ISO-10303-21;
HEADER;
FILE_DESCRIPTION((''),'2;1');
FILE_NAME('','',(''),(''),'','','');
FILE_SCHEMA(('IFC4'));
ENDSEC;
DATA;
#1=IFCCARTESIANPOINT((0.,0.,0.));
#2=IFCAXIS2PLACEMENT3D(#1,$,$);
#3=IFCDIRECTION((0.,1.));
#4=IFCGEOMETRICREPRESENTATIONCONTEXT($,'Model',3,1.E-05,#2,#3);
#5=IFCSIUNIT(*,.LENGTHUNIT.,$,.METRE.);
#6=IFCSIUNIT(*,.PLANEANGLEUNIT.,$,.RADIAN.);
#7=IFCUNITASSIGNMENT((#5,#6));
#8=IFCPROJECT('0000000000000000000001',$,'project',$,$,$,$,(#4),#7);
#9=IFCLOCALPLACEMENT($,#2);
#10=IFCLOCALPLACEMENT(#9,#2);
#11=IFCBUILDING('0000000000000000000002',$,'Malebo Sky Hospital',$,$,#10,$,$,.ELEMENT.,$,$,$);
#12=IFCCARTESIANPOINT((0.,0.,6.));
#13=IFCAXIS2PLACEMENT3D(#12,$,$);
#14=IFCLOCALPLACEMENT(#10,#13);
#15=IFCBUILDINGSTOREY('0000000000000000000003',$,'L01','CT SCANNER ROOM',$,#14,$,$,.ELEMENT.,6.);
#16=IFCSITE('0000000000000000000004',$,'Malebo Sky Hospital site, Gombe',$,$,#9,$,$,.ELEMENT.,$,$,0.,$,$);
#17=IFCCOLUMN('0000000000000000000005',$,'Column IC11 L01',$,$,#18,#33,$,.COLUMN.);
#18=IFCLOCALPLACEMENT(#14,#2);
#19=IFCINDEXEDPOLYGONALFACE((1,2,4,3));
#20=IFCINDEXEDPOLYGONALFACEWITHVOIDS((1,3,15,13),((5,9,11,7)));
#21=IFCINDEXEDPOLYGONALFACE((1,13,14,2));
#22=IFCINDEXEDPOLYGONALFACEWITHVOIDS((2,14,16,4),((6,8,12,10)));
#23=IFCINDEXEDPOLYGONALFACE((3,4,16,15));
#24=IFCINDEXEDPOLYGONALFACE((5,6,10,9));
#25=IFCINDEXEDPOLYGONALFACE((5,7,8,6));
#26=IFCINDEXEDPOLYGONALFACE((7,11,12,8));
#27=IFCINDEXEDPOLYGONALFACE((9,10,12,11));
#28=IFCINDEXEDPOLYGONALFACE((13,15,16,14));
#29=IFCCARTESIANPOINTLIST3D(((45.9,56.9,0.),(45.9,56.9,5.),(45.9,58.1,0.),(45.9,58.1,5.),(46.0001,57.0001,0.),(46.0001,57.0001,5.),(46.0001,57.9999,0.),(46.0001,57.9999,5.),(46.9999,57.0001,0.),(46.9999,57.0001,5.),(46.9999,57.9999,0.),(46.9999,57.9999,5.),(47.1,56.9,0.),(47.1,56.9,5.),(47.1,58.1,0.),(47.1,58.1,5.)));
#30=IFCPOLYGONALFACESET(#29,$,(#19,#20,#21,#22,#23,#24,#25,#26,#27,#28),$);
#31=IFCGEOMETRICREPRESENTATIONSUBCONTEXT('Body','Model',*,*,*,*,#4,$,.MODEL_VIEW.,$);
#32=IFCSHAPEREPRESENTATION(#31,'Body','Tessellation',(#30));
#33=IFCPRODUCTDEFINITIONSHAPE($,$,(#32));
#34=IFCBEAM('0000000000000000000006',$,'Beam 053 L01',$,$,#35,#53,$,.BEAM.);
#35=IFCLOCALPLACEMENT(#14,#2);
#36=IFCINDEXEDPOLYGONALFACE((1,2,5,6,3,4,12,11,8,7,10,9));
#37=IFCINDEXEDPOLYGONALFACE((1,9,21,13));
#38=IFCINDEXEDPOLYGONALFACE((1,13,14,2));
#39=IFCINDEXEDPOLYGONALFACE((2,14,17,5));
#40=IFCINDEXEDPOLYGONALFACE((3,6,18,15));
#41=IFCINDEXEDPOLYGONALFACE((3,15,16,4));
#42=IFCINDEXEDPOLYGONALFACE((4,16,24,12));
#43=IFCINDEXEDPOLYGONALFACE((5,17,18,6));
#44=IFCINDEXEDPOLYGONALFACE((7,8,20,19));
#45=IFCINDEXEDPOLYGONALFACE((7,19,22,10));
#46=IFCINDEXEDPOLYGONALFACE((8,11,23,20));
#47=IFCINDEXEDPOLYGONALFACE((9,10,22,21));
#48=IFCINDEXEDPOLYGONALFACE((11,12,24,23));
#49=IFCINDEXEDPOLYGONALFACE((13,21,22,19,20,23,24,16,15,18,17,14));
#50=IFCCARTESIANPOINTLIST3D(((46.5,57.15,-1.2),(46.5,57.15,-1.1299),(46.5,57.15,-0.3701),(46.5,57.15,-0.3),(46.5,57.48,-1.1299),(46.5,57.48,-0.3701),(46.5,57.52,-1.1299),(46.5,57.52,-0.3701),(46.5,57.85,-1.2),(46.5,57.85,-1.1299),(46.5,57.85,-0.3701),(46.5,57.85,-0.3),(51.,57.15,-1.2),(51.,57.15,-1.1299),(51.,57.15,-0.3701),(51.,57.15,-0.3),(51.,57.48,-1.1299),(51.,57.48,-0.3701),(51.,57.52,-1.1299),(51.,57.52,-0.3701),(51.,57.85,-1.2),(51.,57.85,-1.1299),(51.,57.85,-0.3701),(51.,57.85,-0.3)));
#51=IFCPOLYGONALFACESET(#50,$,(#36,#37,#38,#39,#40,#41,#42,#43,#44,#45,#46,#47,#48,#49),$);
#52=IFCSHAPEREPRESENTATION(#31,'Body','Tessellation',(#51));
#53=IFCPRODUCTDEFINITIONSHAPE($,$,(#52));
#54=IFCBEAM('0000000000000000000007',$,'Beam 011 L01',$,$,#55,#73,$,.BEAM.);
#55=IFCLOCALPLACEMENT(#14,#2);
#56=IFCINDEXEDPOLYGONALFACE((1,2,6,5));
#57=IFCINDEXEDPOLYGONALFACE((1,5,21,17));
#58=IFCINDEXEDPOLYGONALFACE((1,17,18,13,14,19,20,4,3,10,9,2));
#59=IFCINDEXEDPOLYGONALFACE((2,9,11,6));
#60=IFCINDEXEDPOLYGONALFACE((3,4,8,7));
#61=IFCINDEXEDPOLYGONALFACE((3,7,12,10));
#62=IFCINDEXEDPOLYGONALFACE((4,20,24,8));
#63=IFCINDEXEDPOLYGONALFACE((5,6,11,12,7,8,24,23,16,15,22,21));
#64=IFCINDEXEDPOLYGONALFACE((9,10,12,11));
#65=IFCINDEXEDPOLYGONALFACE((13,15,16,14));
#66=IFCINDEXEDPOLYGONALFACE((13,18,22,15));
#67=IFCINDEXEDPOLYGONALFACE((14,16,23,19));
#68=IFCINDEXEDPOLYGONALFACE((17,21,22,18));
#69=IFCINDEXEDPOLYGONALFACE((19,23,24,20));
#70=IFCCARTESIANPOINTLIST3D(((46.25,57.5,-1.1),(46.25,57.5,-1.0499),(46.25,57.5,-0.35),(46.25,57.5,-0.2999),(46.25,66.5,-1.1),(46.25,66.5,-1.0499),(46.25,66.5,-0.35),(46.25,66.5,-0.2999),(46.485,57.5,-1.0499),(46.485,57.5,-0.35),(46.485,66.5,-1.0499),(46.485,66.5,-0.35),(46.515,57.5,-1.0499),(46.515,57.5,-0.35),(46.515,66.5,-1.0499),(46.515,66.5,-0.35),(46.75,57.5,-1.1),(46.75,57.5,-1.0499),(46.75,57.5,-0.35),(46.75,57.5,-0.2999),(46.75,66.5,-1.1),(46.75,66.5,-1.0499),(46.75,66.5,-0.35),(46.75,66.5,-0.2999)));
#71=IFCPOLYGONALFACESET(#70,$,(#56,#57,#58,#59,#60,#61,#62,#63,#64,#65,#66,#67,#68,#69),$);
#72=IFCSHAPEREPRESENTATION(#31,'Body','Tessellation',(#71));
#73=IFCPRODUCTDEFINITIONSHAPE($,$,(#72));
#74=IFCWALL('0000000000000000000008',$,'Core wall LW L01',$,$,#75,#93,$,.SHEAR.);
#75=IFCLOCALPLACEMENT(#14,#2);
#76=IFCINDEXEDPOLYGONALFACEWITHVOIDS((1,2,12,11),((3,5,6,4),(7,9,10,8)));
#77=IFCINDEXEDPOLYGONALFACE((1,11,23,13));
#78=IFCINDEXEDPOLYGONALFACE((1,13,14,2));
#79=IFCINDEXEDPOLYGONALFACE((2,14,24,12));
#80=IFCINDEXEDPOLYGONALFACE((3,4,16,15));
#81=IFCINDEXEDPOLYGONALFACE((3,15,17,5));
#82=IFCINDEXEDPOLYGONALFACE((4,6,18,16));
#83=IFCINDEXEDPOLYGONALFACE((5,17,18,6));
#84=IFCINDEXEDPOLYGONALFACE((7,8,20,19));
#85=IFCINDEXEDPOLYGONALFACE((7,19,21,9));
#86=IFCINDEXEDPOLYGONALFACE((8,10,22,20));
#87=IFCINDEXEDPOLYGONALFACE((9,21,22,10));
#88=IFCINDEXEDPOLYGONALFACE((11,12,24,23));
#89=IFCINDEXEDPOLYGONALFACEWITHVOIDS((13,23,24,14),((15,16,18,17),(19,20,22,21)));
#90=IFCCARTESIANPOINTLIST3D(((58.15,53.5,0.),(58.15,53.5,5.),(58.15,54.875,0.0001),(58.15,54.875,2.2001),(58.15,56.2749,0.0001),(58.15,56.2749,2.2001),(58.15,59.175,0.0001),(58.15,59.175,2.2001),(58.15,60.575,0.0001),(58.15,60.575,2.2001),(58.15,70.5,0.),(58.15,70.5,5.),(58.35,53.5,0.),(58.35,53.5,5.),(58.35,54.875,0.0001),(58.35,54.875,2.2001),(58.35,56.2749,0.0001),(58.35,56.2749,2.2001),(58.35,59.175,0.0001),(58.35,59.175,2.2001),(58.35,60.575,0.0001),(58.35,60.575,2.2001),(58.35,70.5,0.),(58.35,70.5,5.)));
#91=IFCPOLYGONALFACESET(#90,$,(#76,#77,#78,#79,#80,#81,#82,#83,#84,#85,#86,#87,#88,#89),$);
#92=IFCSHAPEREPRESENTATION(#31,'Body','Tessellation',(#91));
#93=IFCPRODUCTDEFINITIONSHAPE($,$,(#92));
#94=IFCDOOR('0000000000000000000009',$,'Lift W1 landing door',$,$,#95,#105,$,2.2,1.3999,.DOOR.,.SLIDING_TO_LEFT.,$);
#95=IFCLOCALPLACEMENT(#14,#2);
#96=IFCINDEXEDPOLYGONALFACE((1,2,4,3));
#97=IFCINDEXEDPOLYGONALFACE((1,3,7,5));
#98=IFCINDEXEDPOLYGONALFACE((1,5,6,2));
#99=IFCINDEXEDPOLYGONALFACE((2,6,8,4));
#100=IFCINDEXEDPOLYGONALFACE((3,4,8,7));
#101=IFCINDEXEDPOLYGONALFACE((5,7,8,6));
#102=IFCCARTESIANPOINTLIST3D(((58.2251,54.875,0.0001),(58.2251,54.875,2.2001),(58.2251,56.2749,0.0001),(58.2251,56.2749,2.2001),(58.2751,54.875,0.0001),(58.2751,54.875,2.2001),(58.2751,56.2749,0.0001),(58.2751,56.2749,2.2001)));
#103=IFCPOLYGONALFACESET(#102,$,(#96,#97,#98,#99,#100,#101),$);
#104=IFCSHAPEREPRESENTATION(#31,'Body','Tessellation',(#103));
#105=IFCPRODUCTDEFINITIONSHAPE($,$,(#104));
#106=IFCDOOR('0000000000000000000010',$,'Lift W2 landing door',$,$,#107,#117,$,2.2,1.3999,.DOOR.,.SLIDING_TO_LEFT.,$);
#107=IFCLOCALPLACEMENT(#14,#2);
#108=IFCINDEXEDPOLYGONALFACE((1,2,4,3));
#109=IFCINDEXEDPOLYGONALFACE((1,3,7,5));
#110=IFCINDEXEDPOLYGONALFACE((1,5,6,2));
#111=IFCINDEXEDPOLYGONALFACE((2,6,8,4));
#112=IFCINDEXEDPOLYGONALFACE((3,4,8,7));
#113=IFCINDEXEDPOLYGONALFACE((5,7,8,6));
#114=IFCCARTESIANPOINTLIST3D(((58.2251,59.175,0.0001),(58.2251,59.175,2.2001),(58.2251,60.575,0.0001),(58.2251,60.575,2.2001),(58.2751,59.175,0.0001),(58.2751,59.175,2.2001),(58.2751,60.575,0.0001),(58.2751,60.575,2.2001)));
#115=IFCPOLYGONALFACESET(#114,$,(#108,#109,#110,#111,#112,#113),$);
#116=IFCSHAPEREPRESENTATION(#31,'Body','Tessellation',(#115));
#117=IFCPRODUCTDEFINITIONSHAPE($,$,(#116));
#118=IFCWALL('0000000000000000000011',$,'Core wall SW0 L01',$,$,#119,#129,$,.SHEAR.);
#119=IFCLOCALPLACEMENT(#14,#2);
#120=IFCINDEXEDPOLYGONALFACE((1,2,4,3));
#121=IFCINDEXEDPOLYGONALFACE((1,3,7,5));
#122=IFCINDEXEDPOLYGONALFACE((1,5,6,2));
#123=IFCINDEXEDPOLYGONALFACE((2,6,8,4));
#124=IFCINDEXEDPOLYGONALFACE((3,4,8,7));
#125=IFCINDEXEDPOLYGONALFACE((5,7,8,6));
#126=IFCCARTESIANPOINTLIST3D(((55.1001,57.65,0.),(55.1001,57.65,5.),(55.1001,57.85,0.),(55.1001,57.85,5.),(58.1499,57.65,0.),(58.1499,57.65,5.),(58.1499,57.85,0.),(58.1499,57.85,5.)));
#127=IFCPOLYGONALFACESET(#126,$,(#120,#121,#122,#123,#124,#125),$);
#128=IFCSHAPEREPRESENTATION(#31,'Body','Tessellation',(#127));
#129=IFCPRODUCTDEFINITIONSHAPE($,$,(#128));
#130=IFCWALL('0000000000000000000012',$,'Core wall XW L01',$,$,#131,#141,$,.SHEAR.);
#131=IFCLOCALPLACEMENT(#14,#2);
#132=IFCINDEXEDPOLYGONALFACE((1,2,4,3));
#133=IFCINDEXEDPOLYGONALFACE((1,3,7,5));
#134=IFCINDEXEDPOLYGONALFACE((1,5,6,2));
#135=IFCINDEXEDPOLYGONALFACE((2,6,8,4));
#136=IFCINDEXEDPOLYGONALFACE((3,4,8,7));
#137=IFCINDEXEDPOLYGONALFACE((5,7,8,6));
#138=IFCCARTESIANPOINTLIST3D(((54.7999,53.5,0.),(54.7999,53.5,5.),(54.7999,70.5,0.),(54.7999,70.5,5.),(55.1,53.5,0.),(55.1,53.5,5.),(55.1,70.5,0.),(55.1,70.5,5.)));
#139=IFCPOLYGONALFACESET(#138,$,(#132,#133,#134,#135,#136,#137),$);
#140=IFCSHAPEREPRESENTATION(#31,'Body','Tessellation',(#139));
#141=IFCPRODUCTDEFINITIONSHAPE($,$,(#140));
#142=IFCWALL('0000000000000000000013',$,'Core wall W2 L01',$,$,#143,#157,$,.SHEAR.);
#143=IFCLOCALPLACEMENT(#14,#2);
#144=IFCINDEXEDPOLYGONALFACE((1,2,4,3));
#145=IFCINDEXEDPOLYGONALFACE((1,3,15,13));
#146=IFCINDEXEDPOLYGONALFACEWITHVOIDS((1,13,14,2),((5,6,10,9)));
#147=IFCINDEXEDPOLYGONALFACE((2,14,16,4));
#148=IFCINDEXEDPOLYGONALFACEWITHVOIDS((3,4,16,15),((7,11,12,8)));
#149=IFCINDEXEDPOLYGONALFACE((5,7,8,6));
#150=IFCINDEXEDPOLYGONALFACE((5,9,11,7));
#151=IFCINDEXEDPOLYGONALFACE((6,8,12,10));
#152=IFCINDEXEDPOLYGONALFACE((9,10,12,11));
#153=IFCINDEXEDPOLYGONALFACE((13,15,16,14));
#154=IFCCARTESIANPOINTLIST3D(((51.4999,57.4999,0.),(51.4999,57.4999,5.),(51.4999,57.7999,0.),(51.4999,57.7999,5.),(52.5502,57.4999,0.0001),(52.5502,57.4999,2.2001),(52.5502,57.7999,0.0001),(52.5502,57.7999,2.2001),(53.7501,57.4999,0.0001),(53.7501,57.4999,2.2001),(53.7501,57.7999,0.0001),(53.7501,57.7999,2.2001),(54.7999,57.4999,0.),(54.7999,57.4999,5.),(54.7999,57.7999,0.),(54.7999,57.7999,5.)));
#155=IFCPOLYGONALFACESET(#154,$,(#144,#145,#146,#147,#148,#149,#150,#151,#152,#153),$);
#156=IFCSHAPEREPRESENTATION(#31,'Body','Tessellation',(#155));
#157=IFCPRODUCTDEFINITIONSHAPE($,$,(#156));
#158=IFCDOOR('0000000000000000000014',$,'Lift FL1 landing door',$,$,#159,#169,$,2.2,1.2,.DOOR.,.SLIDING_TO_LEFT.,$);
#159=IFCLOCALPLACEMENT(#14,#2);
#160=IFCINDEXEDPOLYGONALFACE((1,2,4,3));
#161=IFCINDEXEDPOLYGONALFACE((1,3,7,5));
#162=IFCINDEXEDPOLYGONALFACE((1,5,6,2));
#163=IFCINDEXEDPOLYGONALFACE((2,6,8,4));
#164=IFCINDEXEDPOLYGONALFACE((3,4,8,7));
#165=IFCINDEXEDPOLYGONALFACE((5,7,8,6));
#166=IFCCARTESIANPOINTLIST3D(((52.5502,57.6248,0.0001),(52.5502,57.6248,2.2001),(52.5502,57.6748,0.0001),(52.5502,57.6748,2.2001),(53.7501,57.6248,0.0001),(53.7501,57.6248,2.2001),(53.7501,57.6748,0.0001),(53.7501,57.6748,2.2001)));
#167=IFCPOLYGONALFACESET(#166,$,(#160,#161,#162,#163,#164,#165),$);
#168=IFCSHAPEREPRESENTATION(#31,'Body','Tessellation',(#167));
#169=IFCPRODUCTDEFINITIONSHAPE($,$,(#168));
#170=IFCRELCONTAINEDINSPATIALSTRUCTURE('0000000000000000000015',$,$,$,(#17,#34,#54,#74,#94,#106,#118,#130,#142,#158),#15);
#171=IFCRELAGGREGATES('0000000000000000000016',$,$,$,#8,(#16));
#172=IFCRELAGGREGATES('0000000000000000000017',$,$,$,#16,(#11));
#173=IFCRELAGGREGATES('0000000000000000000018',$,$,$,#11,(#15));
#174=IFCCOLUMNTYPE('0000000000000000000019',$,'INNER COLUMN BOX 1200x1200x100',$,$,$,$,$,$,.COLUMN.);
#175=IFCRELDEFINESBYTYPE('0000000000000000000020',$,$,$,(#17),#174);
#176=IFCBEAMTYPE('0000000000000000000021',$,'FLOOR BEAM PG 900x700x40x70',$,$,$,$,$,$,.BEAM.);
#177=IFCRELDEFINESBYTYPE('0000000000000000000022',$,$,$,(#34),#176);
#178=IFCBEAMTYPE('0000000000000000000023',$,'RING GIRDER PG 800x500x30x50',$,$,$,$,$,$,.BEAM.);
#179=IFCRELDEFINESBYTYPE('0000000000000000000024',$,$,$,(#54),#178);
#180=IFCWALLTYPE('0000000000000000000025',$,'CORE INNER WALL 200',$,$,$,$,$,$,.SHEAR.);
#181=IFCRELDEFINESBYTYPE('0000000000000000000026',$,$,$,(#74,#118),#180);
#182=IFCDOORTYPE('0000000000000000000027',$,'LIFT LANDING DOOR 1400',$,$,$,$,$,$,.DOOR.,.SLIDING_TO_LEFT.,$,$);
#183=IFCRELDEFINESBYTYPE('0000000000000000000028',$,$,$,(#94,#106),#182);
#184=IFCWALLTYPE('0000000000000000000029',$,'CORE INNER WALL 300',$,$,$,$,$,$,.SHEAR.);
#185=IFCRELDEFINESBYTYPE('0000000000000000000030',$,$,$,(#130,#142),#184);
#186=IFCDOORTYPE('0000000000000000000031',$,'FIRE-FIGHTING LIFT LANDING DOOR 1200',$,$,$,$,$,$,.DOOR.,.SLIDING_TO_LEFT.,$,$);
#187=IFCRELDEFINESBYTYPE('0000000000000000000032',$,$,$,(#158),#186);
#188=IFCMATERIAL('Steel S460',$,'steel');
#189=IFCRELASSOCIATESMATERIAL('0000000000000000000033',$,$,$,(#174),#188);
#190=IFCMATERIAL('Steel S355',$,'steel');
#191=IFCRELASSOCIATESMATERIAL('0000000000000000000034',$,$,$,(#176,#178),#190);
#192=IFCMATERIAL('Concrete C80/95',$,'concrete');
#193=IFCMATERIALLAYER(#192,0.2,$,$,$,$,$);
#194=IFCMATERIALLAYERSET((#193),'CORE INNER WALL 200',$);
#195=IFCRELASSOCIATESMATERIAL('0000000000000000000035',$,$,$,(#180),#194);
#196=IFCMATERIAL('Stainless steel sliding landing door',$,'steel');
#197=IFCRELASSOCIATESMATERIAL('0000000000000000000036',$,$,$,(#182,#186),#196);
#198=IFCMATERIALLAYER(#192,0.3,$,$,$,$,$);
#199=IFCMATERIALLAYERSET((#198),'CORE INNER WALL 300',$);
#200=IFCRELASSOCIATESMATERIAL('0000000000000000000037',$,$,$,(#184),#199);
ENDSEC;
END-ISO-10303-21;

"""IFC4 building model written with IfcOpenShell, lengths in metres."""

from ifc_helpers import new_model, si_unit, direction, frame, frame_2d, origin, origin_2d, place, context, subcontext, project, spatial, rectangle, hollow_rectangle, i_section, extrude, material, layer, layer_set, material_profile, profile_set, type_object, element, fill, save


model = new_model("IFC4")

# Units and contexts
model_context = context("Model", 3, precision=1e-05, world=origin(), true_north=direction((0.0, 1.0)))
body_context = subcontext(model_context, "Body", "Model", "MODEL_VIEW")
ifc_project = project(units=[si_unit("LENGTHUNIT", "METRE"), si_unit("PLANEANGLEUNIT", "RADIAN")], contexts=[model_context])

# Site, building, storey
site_placement = place(None, origin())
site = spatial("IfcSite", under=ifc_project, at=site_placement, Name="Malebo Sky Hospital site, Gombe", CompositionType="ELEMENT", RefElevation=0.0)
building_placement = place(site_placement, origin())
building = spatial("IfcBuilding", under=site, at=building_placement, Name="Malebo Sky Hospital", CompositionType="ELEMENT")
storey_placement = place(building_placement, frame((0.0, 0.0, 6.0)))
storey = spatial("IfcBuildingStorey", under=building, at=storey_placement, Name="L01", Description="CT SCANNER ROOM", CompositionType="ELEMENT", Elevation=6.0)

# Column
ifc_material_1 = material(Name="Steel S460", Category="steel")
ifc_material_profile_1 = material_profile(ifc_material_1, hollow_rectangle(XDim=1.2, YDim=1.2, WallThickness=0.1001, at=origin_2d()), Name="BOX 1200x1200x100")
ifc_profile_set_1 = profile_set([ifc_material_profile_1], Name="Steel S460")
column_type = type_object("IfcColumnType", Name="INNER COLUMN BOX 1200x1200x100", PredefinedType="COLUMN", material=ifc_profile_set_1)
column_placement = place(storey_placement, frame((46.5, 57.5, 0.0), z_axis=(0.0, 0.0, 1.0), x_axis=(1.0, 0.0, 0.0)))
element("IfcColumn", 1, at=column_placement, inside=storey, type_object=column_type, Name="Column IC11 L01", PredefinedType="COLUMN", context=body_context, shape_type="SweptSolid", body=[
    extrude(hollow_rectangle(XDim=1.2, YDim=1.2, WallThickness=0.1001, at=origin_2d()), origin(), (0.0, 0.0, 1.0), 5.0),
])

# Beams
ifc_material_2 = material(Name="Steel S355", Category="steel")
ifc_material_profile_2 = material_profile(ifc_material_2, i_section(OverallWidth=0.7, OverallDepth=0.8999, WebThickness=0.04, FlangeThickness=0.0701, at=origin_2d()), Name="PG 900x700x40x70")
ifc_profile_set_2 = profile_set([ifc_material_profile_2], Name="Steel S355")
beam_type_1 = type_object("IfcBeamType", Name="FLOOR BEAM PG 900x700x40x70", PredefinedType="BEAM", material=ifc_profile_set_2)
beam_1_placement = place(storey_placement, frame((46.5, 57.5, -0.75), z_axis=(1.0, 0.0, 0.0), x_axis=(0.0, 1.0, 0.0)))
element("IfcBeam", 2, at=beam_1_placement, inside=storey, type_object=beam_type_1, Name="Beam 053 L01", PredefinedType="BEAM", context=body_context, shape_type="SweptSolid", body=[
    extrude(i_section(OverallWidth=0.7, OverallDepth=0.8999, WebThickness=0.04, FlangeThickness=0.0701, at=origin_2d()), origin(), (0.0, 0.0, 1.0), 4.5),
])
ifc_material_profile_3 = material_profile(ifc_material_2, i_section(OverallWidth=0.5, OverallDepth=0.8, WebThickness=0.03, FlangeThickness=0.05, at=origin_2d()), Name="PG 800x500x30x50")
ifc_profile_set_3 = profile_set([ifc_material_profile_3], Name="Steel S355")
beam_type_2 = type_object("IfcBeamType", Name="RING GIRDER PG 800x500x30x50", PredefinedType="BEAM", material=ifc_profile_set_3)
beam_2_placement = place(storey_placement, frame((46.5, 57.5, -0.7), z_axis=(0.0, 1.0, 0.0), x_axis=(-1.0, 0.0, 0.0)))
element("IfcBeam", 3, at=beam_2_placement, inside=storey, type_object=beam_type_2, Name="Beam 011 L01", PredefinedType="BEAM", context=body_context, shape_type="SweptSolid", body=[
    extrude(i_section(OverallWidth=0.5, OverallDepth=0.8, WebThickness=0.03, FlangeThickness=0.05, at=origin_2d()), origin(), (0.0, 0.0, 1.0), 9.0),
])

# Wall, openings, doors
ifc_material_3 = material(Name="Concrete C80/95", Category="concrete")
ifc_layer_1 = layer(ifc_material_3, 0.2)
ifc_layer_set_1 = layer_set([ifc_layer_1], Name="CORE INNER WALL 200")
wall_type_1 = type_object("IfcWallType", Name="CORE INNER WALL 200", PredefinedType="SHEAR", material=ifc_layer_set_1)
wall_1_placement = place(storey_placement, frame((58.25, 53.5, 0.0), z_axis=(0.0, 0.0, 1.0), x_axis=(0.0, 1.0, 0.0)))
wall_1 = element("IfcWall", 4, at=wall_1_placement, inside=storey, type_object=wall_type_1, Name="Core wall LW L01", PredefinedType="SHEAR", context=body_context, shape_type="SweptSolid", body=[
    extrude(rectangle(XDim=17.0, YDim=0.2, at=frame_2d((8.5, 0.0))), origin(), (0.0, 0.0, 1.0), 5.0),
])
opening_1_placement = place(wall_1_placement, frame((1.375, 0.0, 0.0)))
opening_1 = element("IfcOpeningElement", 5, at=opening_1_placement, cuts=wall_1, PredefinedType="OPENING", context=body_context, shape_type="SweptSolid", body=[
    extrude(rectangle(XDim=1.3999, YDim=2.2, at=frame_2d((0.7, 1.1001))), frame((0.0, 0.1099, 0.0), z_axis=(0.0, -1.0, 0.0), x_axis=(1.0, 0.0, 0.0)), (0.0, 0.0, 1.0), 0.22),
])
opening_2_placement = place(wall_1_placement, frame((5.675, 0.0, 0.0)))
opening_2 = element("IfcOpeningElement", 6, at=opening_2_placement, cuts=wall_1, PredefinedType="OPENING", context=body_context, shape_type="SweptSolid", body=[
    extrude(rectangle(XDim=1.3999, YDim=2.2, at=frame_2d((0.7, 1.1001))), frame((0.0, 0.1099, 0.0), z_axis=(0.0, -1.0, 0.0), x_axis=(1.0, 0.0, 0.0)), (0.0, 0.0, 1.0), 0.22),
])
ifc_material_4 = material(Name="Stainless steel sliding landing door", Category="steel")
door_type_1 = type_object("IfcDoorType", Name="LIFT LANDING DOOR 1400", OperationType="SLIDING_TO_LEFT", PredefinedType="DOOR", material=ifc_material_4)
door_1_placement = place(opening_1_placement, origin())
door_1 = element("IfcDoor", 7, at=door_1_placement, inside=storey, type_object=door_type_1, Name="Lift W1 landing door", OperationType="SLIDING_TO_LEFT", OverallHeight=2.2, OverallWidth=1.3999, PredefinedType="DOOR", context=body_context, shape_type="SweptSolid", body=[
    extrude(rectangle(XDim=1.3999, YDim=2.2, at=frame_2d((0.7, 1.1001))), frame((0.0, 0.0249, 0.0), z_axis=(0.0, -1.0, 0.0), x_axis=(1.0, 0.0, 0.0)), (0.0, 0.0, 1.0), 0.05),
])
fill(opening_1, door_1)
door_2_placement = place(opening_2_placement, origin())
door_2 = element("IfcDoor", 8, at=door_2_placement, inside=storey, type_object=door_type_1, Name="Lift W2 landing door", OperationType="SLIDING_TO_LEFT", OverallHeight=2.2, OverallWidth=1.3999, PredefinedType="DOOR", context=body_context, shape_type="SweptSolid", body=[
    extrude(rectangle(XDim=1.3999, YDim=2.2, at=frame_2d((0.7, 1.1001))), frame((0.0, 0.0249, 0.0), z_axis=(0.0, -1.0, 0.0), x_axis=(1.0, 0.0, 0.0)), (0.0, 0.0, 1.0), 0.05),
])
fill(opening_2, door_2)

# Walls
wall_2_placement = place(storey_placement, frame((55.1001, 57.75, 0.0), z_axis=(0.0, 0.0, 1.0), x_axis=(1.0, 0.0, 0.0)))
element("IfcWall", 9, at=wall_2_placement, inside=storey, type_object=wall_type_1, Name="Core wall SW0 L01", PredefinedType="SHEAR", context=body_context, shape_type="SweptSolid", body=[
    extrude(rectangle(XDim=3.0498, YDim=0.2, at=frame_2d((1.5249, 0.0))), origin(), (0.0, 0.0, 1.0), 5.0),
])
ifc_layer_2 = layer(ifc_material_3, 0.3)
ifc_layer_set_2 = layer_set([ifc_layer_2], Name="CORE INNER WALL 300")
wall_type_2 = type_object("IfcWallType", Name="CORE INNER WALL 300", PredefinedType="SHEAR", material=ifc_layer_set_2)
wall_3_placement = place(storey_placement, frame((54.95, 53.5, 0.0), z_axis=(0.0, 0.0, 1.0), x_axis=(0.0, 1.0, 0.0)))
element("IfcWall", 10, at=wall_3_placement, inside=storey, type_object=wall_type_2, Name="Core wall XW L01", PredefinedType="SHEAR", context=body_context, shape_type="SweptSolid", body=[
    extrude(rectangle(XDim=17.0, YDim=0.3, at=frame_2d((8.5, 0.0))), origin(), (0.0, 0.0, 1.0), 5.0),
])

# Wall, opening, door
wall_4_placement = place(storey_placement, frame((51.5, 57.6499, 0.0), z_axis=(0.0, 0.0, 1.0), x_axis=(1.0, 0.0, 0.0)))
wall_4 = element("IfcWall", 11, at=wall_4_placement, inside=storey, type_object=wall_type_2, Name="Core wall W2 L01", PredefinedType="SHEAR", context=body_context, shape_type="SweptSolid", body=[
    extrude(rectangle(XDim=3.3, YDim=0.3, at=frame_2d((1.6499, 0.0))), origin(), (0.0, 0.0, 1.0), 5.0),
])
opening_3_placement = place(wall_4_placement, frame((1.05, 0.0, 0.0)))
opening_3 = element("IfcOpeningElement", 12, at=opening_3_placement, cuts=wall_4, PredefinedType="OPENING", context=body_context, shape_type="SweptSolid", body=[
    extrude(rectangle(XDim=1.2, YDim=2.2, at=frame_2d((0.6001, 1.1001))), frame((0.0, 0.1599, 0.0), z_axis=(0.0, -1.0, 0.0), x_axis=(1.0, 0.0, 0.0)), (0.0, 0.0, 1.0), 0.3201),
])
door_type_2 = type_object("IfcDoorType", Name="FIRE-FIGHTING LIFT LANDING DOOR 1200", OperationType="SLIDING_TO_LEFT", PredefinedType="DOOR", material=ifc_material_4)
door_3_placement = place(opening_3_placement, origin())
door_3 = element("IfcDoor", 13, at=door_3_placement, inside=storey, type_object=door_type_2, Name="Lift FL1 landing door", OperationType="SLIDING_TO_LEFT", OverallHeight=2.2, OverallWidth=1.2, PredefinedType="DOOR", context=body_context, shape_type="SweptSolid", body=[
    extrude(rectangle(XDim=1.2, YDim=2.2, at=frame_2d((0.6001, 1.1001))), frame((0.0, 0.0249, 0.0), z_axis=(0.0, -1.0, 0.0), x_axis=(1.0, 0.0, 0.0)), (0.0, 0.0, 1.0), 0.05),
])
fill(opening_3, door_3)

save(model, "model.ifc")
